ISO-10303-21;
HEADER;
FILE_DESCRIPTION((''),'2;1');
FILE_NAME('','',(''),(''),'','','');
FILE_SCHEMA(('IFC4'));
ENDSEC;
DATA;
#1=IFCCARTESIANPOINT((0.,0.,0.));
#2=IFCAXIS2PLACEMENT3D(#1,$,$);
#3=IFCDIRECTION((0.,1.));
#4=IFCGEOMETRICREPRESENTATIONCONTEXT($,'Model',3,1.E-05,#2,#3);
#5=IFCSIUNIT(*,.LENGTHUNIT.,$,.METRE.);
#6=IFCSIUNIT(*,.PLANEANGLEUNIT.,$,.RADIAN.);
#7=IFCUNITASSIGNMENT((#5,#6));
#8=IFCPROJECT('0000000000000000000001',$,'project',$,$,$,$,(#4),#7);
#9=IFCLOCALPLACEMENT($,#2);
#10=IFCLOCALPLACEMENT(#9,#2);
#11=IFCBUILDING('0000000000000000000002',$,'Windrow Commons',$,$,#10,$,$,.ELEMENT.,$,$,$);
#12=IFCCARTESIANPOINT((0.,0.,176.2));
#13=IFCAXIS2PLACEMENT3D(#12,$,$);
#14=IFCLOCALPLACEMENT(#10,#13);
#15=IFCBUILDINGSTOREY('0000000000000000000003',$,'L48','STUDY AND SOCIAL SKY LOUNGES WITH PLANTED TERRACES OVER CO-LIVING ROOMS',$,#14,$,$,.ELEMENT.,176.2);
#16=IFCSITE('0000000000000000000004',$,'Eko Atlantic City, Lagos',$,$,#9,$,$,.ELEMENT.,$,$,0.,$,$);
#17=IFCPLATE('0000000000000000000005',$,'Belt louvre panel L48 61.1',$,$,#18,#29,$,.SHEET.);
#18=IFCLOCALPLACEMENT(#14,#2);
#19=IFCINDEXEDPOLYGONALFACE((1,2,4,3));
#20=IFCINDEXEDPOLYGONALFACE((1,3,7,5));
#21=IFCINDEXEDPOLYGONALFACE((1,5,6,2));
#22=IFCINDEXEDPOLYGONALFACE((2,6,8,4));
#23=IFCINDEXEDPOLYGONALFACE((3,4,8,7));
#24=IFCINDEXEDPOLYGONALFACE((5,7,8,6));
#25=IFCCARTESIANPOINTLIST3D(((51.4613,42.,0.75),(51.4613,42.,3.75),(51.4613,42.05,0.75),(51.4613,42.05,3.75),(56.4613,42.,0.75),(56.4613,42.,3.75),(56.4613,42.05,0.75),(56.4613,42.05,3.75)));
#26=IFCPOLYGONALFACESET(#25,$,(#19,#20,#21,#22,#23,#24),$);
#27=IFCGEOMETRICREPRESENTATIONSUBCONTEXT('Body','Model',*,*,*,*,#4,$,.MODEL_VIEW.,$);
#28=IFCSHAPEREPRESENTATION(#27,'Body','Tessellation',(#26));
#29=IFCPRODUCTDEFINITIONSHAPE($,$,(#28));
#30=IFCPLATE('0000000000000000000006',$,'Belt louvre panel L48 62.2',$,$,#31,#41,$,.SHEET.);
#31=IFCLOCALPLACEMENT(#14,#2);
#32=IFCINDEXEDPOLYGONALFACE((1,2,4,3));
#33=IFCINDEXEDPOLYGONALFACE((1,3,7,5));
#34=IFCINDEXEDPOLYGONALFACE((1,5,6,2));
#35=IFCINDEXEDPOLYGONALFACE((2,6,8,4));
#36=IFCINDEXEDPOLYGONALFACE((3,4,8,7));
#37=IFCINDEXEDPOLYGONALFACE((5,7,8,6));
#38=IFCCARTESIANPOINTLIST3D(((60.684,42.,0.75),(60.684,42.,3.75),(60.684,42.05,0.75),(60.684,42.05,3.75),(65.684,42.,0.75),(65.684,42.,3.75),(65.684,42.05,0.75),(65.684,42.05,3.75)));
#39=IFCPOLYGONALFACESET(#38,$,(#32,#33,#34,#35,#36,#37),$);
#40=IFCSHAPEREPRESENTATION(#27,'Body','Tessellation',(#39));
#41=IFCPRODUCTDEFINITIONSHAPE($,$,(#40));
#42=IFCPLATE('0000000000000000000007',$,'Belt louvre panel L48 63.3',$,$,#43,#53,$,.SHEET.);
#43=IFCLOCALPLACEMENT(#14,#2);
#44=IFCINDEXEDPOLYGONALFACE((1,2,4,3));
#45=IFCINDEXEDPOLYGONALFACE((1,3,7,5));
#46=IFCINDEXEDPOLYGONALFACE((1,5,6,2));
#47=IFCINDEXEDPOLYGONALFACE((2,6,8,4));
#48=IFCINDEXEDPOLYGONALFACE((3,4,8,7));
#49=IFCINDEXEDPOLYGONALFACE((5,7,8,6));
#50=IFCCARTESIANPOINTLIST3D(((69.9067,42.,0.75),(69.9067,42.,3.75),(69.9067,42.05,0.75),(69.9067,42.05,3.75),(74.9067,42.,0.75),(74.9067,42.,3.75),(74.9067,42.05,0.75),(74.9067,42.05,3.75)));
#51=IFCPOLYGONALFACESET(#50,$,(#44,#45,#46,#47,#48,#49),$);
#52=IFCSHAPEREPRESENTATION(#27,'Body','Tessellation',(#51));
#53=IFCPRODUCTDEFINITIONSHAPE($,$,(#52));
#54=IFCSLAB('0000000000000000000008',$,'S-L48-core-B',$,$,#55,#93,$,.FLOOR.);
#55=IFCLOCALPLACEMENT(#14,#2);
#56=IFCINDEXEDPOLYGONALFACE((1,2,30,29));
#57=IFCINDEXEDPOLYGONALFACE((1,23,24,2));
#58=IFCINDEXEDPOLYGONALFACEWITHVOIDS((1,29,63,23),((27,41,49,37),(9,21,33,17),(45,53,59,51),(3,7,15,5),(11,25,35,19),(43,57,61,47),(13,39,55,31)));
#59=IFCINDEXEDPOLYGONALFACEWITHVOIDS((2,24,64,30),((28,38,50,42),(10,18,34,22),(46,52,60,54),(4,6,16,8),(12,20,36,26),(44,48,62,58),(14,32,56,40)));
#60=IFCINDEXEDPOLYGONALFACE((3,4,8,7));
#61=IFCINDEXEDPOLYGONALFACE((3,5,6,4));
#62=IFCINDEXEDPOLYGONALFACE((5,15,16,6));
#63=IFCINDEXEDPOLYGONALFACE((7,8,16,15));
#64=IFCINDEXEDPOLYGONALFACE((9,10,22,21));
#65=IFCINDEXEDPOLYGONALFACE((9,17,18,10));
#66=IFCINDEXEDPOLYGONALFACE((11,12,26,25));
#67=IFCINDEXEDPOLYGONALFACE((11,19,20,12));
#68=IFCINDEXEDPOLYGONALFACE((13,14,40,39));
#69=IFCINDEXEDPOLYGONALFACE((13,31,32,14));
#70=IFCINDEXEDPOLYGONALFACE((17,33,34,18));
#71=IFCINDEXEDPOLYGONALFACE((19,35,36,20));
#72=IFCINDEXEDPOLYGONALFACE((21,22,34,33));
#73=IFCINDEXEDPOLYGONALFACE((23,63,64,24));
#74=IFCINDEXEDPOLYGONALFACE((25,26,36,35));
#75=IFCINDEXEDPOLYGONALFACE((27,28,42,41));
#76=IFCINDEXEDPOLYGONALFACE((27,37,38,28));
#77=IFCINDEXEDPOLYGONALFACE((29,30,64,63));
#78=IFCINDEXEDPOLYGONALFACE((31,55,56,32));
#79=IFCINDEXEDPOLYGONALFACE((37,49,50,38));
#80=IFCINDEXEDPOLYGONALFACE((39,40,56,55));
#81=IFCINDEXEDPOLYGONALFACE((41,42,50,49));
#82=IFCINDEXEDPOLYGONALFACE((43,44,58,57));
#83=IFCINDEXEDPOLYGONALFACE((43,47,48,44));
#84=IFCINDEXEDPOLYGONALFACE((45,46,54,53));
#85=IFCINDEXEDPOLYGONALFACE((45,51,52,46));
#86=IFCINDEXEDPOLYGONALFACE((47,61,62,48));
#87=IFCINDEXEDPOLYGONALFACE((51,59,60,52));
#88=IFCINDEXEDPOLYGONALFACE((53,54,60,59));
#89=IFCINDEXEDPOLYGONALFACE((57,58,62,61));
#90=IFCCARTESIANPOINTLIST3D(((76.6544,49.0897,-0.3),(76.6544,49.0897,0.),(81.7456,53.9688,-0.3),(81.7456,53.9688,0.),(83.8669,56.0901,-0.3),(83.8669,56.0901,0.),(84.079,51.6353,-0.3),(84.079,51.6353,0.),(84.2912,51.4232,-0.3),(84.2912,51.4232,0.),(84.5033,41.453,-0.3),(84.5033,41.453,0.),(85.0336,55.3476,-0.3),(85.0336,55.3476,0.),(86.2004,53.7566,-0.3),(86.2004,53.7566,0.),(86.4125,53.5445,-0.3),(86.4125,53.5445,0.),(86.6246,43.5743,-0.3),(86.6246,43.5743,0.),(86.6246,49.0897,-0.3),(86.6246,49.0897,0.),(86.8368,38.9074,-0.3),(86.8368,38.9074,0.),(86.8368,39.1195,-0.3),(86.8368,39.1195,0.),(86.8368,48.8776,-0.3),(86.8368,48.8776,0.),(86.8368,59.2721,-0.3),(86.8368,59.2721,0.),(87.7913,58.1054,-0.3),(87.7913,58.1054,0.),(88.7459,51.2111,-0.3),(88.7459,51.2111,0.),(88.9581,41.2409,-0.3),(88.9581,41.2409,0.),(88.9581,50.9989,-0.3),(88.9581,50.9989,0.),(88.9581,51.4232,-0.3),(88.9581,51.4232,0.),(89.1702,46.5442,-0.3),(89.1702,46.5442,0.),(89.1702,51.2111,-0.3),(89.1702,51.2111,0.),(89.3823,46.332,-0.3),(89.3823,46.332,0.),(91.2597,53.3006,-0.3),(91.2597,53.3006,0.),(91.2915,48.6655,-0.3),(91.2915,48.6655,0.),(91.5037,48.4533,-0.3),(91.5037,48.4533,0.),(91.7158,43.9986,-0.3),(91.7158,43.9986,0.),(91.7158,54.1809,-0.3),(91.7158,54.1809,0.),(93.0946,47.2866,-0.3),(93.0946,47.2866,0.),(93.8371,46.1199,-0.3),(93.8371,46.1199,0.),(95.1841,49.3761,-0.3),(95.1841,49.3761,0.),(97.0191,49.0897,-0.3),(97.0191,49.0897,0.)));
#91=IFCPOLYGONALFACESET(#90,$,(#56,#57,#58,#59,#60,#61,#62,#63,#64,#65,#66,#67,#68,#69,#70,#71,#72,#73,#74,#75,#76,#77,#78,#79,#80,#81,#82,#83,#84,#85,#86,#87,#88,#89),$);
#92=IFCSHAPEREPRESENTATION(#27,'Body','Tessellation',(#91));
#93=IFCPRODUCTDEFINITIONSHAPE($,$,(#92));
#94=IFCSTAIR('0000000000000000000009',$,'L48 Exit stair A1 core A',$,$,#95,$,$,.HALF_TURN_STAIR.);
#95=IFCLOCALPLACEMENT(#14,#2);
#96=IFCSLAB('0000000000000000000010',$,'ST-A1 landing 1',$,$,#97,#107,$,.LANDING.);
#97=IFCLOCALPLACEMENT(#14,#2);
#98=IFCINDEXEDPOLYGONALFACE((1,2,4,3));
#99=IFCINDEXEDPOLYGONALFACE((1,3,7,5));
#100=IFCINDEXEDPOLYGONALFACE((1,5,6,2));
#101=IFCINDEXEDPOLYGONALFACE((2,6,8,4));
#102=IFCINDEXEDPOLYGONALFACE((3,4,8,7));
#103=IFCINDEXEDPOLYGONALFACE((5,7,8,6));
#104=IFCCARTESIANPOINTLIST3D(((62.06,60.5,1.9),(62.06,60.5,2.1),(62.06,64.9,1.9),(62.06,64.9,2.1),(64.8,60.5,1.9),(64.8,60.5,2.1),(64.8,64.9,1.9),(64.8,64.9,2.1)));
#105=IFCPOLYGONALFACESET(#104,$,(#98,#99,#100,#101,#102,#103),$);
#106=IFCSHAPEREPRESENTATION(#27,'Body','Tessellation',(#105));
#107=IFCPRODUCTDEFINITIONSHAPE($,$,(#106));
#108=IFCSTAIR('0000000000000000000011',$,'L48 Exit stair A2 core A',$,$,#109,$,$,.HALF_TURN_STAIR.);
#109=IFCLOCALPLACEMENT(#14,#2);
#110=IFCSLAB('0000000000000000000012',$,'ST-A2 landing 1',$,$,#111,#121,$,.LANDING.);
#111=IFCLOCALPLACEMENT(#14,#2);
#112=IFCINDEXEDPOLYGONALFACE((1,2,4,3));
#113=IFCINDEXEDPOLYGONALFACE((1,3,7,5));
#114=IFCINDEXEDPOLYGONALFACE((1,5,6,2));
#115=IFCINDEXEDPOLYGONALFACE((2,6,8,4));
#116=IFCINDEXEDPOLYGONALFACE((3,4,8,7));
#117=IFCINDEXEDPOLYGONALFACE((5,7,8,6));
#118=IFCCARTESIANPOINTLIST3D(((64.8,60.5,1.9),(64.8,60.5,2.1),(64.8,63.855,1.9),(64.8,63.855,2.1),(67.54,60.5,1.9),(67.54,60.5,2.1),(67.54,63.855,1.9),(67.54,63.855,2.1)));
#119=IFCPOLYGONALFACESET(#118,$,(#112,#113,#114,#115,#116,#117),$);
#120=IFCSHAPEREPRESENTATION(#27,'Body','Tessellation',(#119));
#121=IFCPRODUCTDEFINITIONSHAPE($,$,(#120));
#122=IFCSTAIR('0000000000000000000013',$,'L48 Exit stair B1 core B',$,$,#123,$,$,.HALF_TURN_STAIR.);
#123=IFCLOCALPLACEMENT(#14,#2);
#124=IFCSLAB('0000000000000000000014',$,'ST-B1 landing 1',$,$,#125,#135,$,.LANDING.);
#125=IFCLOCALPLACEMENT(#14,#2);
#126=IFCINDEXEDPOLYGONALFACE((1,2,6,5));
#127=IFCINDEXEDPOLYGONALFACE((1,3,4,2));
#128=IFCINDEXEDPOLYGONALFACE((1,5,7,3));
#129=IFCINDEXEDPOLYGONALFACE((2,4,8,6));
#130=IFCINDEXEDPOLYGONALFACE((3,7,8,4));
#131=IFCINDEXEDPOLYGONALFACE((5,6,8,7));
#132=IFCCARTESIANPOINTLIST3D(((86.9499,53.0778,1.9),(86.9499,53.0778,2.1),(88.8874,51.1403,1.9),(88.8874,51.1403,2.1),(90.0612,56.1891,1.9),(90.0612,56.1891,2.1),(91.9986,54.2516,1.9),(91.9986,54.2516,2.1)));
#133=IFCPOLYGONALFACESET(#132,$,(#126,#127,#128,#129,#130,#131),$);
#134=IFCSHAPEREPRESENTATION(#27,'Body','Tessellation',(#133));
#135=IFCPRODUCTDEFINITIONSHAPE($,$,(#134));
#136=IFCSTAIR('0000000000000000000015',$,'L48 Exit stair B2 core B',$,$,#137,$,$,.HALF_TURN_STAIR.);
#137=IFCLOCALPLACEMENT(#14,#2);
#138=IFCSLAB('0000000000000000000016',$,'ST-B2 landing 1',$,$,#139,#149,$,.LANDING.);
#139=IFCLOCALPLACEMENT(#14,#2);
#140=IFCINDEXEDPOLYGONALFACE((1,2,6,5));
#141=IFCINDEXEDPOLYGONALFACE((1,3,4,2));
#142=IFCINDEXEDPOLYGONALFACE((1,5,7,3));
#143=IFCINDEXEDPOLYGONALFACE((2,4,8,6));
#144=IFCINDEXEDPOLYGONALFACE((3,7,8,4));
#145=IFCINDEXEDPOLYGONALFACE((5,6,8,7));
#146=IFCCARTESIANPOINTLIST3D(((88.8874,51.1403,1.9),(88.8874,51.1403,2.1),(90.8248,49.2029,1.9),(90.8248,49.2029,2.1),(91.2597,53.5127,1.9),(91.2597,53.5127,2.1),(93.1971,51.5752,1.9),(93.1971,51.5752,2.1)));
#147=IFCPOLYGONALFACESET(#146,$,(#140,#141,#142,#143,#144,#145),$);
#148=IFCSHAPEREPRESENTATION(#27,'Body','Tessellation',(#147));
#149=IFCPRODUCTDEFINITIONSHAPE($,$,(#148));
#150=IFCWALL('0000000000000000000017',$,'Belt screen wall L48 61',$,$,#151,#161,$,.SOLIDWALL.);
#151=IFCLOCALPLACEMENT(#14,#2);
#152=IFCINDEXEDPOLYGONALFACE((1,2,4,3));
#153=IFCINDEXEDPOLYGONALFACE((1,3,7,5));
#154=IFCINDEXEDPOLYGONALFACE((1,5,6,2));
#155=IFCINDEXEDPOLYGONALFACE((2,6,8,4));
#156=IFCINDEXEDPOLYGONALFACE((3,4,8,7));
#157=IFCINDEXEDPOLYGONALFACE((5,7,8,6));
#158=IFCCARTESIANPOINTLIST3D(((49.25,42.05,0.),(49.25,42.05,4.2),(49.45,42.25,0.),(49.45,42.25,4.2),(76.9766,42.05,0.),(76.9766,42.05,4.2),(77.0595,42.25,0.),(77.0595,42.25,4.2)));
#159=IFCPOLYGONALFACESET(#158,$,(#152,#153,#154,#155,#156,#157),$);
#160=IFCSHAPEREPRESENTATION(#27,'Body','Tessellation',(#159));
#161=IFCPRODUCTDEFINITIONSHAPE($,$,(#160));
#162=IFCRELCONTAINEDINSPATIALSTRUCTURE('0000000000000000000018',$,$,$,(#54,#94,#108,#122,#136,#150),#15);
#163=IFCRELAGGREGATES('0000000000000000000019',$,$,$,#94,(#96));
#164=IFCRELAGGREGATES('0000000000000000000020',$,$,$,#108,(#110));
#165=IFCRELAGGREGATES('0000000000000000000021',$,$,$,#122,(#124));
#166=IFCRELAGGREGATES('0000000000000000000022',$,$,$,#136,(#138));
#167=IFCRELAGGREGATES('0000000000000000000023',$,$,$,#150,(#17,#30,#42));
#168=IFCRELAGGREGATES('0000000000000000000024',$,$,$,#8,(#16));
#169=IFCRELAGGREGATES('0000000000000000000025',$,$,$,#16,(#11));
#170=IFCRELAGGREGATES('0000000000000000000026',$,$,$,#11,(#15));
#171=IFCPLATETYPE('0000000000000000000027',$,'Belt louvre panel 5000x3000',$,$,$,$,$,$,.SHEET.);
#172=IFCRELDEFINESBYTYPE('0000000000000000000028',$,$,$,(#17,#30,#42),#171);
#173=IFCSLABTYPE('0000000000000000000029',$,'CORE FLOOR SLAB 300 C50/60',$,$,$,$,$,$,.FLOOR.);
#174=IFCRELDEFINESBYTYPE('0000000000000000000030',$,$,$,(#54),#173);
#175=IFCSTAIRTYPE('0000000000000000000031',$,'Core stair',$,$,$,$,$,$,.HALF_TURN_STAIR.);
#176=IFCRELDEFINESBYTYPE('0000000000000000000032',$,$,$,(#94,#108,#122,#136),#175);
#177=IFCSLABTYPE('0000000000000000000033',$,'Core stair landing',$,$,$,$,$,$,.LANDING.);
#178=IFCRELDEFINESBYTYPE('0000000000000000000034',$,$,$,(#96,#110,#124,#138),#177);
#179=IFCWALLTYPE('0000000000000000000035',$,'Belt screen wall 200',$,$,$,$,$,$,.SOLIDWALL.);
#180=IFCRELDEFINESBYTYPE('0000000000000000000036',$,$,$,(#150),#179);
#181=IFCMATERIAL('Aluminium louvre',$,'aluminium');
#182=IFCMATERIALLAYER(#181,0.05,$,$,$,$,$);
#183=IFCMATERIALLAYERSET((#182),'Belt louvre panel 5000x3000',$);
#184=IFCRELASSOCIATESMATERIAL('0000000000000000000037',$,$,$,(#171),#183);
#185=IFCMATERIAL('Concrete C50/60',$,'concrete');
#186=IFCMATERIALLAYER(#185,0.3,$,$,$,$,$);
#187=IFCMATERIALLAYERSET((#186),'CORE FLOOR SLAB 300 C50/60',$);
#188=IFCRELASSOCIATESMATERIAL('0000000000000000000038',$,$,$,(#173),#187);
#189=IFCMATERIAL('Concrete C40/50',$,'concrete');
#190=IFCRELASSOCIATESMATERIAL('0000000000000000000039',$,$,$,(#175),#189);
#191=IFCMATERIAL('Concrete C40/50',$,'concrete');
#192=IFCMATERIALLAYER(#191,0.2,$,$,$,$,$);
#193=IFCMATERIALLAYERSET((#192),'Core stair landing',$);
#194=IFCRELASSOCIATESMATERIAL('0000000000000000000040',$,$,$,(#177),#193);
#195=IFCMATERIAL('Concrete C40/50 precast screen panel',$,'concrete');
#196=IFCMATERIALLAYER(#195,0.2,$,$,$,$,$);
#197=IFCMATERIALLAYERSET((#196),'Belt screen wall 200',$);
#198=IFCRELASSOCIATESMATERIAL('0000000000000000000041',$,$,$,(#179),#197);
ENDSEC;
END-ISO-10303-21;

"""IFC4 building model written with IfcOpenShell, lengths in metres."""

from ifc_helpers import new_model, si_unit, direction, frame, origin, place, context, subcontext, project, spatial, polyline, outline, extrude, material, layer, layer_set, type_object, element, aggregate, save


model = new_model("IFC4")

# Units and contexts
model_context = context("Model", 3, precision=1e-05, world=origin(), true_north=direction((0.0, 1.0)))
body_context = subcontext(model_context, "Body", "Model", "MODEL_VIEW")
ifc_project = project(units=[si_unit("LENGTHUNIT", "METRE"), si_unit("PLANEANGLEUNIT", "RADIAN")], contexts=[model_context])

# Plates
ifc_material_1 = material(Name="Aluminium louvre", Category="aluminium")
ifc_layer_1 = layer(ifc_material_1, 0.05)
ifc_layer_set_1 = layer_set([ifc_layer_1], Name="Belt louvre panel 5000x3000")
plate_type = type_object("IfcPlateType", Name="Belt louvre panel 5000x3000", PredefinedType="SHEET", material=ifc_layer_set_1)
site_placement = place(None, origin())
building_placement = place(site_placement, origin())
storey_placement = place(building_placement, frame((0.0, 0.0, 176.2)))
plate_1_placement = place(storey_placement, frame((51.4613, 42.0, 0.75), z_axis=(0.0, -1.0, 0.0), x_axis=(1.0, 0.0, 0.0)))
plate_1 = element("IfcPlate", 1, at=plate_1_placement, type_object=plate_type, Name="Belt louvre panel L48 61.1", PredefinedType="SHEET", context=body_context, shape_type="SweptSolid", body=[
    extrude(outline(polyline([(0.0, 0.0), (5.0, 0.0), (5.0, 3.0), (0.0, 3.0), (0.0, 0.0)])), origin(), (0.0, 0.0, -1.0), 0.05),
])
plate_2_placement = place(storey_placement, frame((60.684, 42.0, 0.75), z_axis=(0.0, -1.0, 0.0), x_axis=(1.0, 0.0, 0.0)))
plate_2 = element("IfcPlate", 2, at=plate_2_placement, type_object=plate_type, Name="Belt louvre panel L48 62.2", PredefinedType="SHEET", context=body_context, shape_type="SweptSolid", body=[
    extrude(outline(polyline([(0.0, 0.0), (5.0, 0.0), (5.0, 3.0), (0.0, 3.0), (0.0, 0.0)])), origin(), (0.0, 0.0, -1.0), 0.05),
])
plate_3_placement = place(storey_placement, frame((69.9067, 42.0, 0.75), z_axis=(0.0, -1.0, 0.0), x_axis=(1.0, 0.0, 0.0)))
plate_3 = element("IfcPlate", 3, at=plate_3_placement, type_object=plate_type, Name="Belt louvre panel L48 63.3", PredefinedType="SHEET", context=body_context, shape_type="SweptSolid", body=[
    extrude(outline(polyline([(0.0, 0.0), (5.0, 0.0), (5.0, 3.0), (0.0, 3.0), (0.0, 0.0)])), origin(), (0.0, 0.0, -1.0), 0.05),
])

# Site, building, storey
site = spatial("IfcSite", under=ifc_project, at=site_placement, Name="Eko Atlantic City, Lagos", CompositionType="ELEMENT", RefElevation=0.0)
building = spatial("IfcBuilding", under=site, at=building_placement, Name="Windrow Commons", CompositionType="ELEMENT")
storey = spatial("IfcBuildingStorey", under=building, at=storey_placement, Name="L48", Description="STUDY AND SOCIAL SKY LOUNGES WITH PLANTED TERRACES OVER CO-LIVING ROOMS", CompositionType="ELEMENT", Elevation=176.2)

# Slab, openings
ifc_material_2 = material(Name="Concrete C50/60", Category="concrete")
ifc_layer_2 = layer(ifc_material_2, 0.3)
ifc_layer_set_2 = layer_set([ifc_layer_2], Name="CORE FLOOR SLAB 300 C50/60")
slab_type_1 = type_object("IfcSlabType", Name="CORE FLOOR SLAB 300 C50/60", PredefinedType="FLOOR", material=ifc_layer_set_2)
placement_1 = place(storey_placement, frame((0.0, 0.0, -0.3)))
slab_1 = element("IfcSlab", 4, at=placement_1, inside=storey, type_object=slab_type_1, Name="S-L48-core-B", PredefinedType="FLOOR", context=body_context, shape_type="SweptSolid", body=[
    extrude(outline(polyline([(76.6544, 49.0897), (86.8368, 38.9074), (97.0191, 49.0897), (86.8368, 59.2721), (76.6544, 49.0897)]), holes=[polyline([(84.5033, 41.453), (86.8368, 39.1195), (88.9581, 41.2409), (86.6246, 43.5743), (84.5033, 41.453)]), polyline([(81.7456, 53.9688), (84.079, 51.6353), (86.2004, 53.7566), (83.8669, 56.0901), (81.7456, 53.9688)]), polyline([(84.2912, 51.4232), (86.6246, 49.0897), (88.7459, 51.2111), (86.4125, 53.5445), (84.2912, 51.4232)]), polyline([(86.8368, 48.8776), (89.1702, 46.5442), (91.2915, 48.6655), (88.9581, 50.9989), (86.8368, 48.8776)]), polyline([(89.3823, 46.332), (91.7158, 43.9986), (93.8371, 46.1199), (91.5037, 48.4533), (89.3823, 46.332)]), polyline([(85.0336, 55.3476), (88.9581, 51.4232), (91.7158, 54.1809), (87.7913, 58.1054), (85.0336, 55.3476)]), polyline([(89.1702, 51.2111), (93.0946, 47.2866), (95.1841, 49.3761), (91.2597, 53.3006), (89.1702, 51.2111)])]), origin(), (0.0, 0.0, 1.0), 0.3),
])
opening_1_placement = place(placement_1, origin())
element("IfcOpeningElement", 5, at=opening_1_placement, cuts=slab_1, PredefinedType="OPENING", context=body_context, shape_type="SweptSolid", body=[
    extrude(outline(polyline([(84.5104, 41.453), (86.6246, 43.5672), (88.951, 41.2409), (86.8368, 39.1266), (84.5104, 41.453)])), origin(), (0.0, 0.0, 1.0), 0.3),
])
opening_2_placement = place(placement_1, origin())
element("IfcOpeningElement", 6, at=opening_2_placement, cuts=slab_1, PredefinedType="OPENING", context=body_context, shape_type="SweptSolid", body=[
    extrude(outline(polyline([(81.7527, 53.9688), (83.8669, 56.083), (86.1933, 53.7566), (84.079, 51.6424), (81.7527, 53.9688)])), origin(), (0.0, 0.0, 1.0), 0.3),
])
opening_3_placement = place(placement_1, origin())
element("IfcOpeningElement", 7, at=opening_3_placement, cuts=slab_1, PredefinedType="OPENING", context=body_context, shape_type="SweptSolid", body=[
    extrude(outline(polyline([(84.2983, 51.4232), (86.4125, 53.5374), (88.7388, 51.2111), (86.6246, 49.0968), (84.2983, 51.4232)])), origin(), (0.0, 0.0, 1.0), 0.3),
])
opening_4_placement = place(placement_1, origin())
element("IfcOpeningElement", 8, at=opening_4_placement, cuts=slab_1, PredefinedType="OPENING", context=body_context, shape_type="SweptSolid", body=[
    extrude(outline(polyline([(86.8439, 48.8776), (88.9581, 50.9918), (91.2844, 48.6655), (89.1702, 46.5513), (86.8439, 48.8776)])), origin(), (0.0, 0.0, 1.0), 0.3),
])
opening_5_placement = place(placement_1, origin())
element("IfcOpeningElement", 9, at=opening_5_placement, cuts=slab_1, PredefinedType="OPENING", context=body_context, shape_type="SweptSolid", body=[
    extrude(outline(polyline([(89.3894, 46.332), (91.5037, 48.4462), (93.83, 46.1199), (91.7158, 44.0057), (89.3894, 46.332)])), origin(), (0.0, 0.0, 1.0), 0.3),
])
opening_6_placement = place(placement_1, origin())
element("IfcOpeningElement", 10, at=opening_6_placement, cuts=slab_1, PredefinedType="OPENING", context=body_context, shape_type="SweptSolid", body=[
    extrude(outline(polyline([(85.0407, 55.3476), (87.7913, 58.0983), (91.7087, 54.1809), (88.9581, 51.4303), (85.0407, 55.3476)])), origin(), (0.0, 0.0, 1.0), 0.3),
])
opening_7_placement = place(placement_1, origin())
element("IfcOpeningElement", 11, at=opening_7_placement, cuts=slab_1, PredefinedType="OPENING", context=body_context, shape_type="SweptSolid", body=[
    extrude(outline(polyline([(89.1773, 51.2111), (91.2597, 53.2935), (95.177, 49.3761), (93.0946, 47.2937), (89.1773, 51.2111)])), origin(), (0.0, 0.0, 1.0), 0.3),
])

# Stairs, slabs
ifc_material_3 = material(Name="Concrete C40/50", Category="concrete")
stair_type = type_object("IfcStairType", Name="Core stair", PredefinedType="HALF_TURN_STAIR", material=ifc_material_3)
placement_2 = place(storey_placement, origin())
stair_1 = element("IfcStair", 12, at=placement_2, inside=storey, type_object=stair_type, Name="L48 Exit stair A1 core A", PredefinedType="HALF_TURN_STAIR")
ifc_material_4 = material(Name="Concrete C40/50", Category="concrete")
ifc_layer_3 = layer(ifc_material_4, 0.2)
ifc_layer_set_3 = layer_set([ifc_layer_3], Name="Core stair landing")
slab_type_2 = type_object("IfcSlabType", Name="Core stair landing", PredefinedType="LANDING", material=ifc_layer_set_3)
placement_3 = place(storey_placement, frame((0.0, 0.0, 1.9)))
slab_2 = element("IfcSlab", 13, at=placement_3, type_object=slab_type_2, Name="ST-A1 landing 1", PredefinedType="LANDING", context=body_context, shape_type="SweptSolid", body=[
    extrude(outline(polyline([(62.06, 60.5), (64.8, 60.5), (64.8, 64.9), (62.06, 64.9), (62.06, 60.5)])), origin(), (0.0, 0.0, 1.0), 0.2),
])
aggregate(stair_1, [slab_2])
stair_2 = element("IfcStair", 14, at=placement_2, inside=storey, type_object=stair_type, Name="L48 Exit stair A2 core A", PredefinedType="HALF_TURN_STAIR")
slab_3 = element("IfcSlab", 15, at=placement_3, type_object=slab_type_2, Name="ST-A2 landing 1", PredefinedType="LANDING", context=body_context, shape_type="SweptSolid", body=[
    extrude(outline(polyline([(64.8, 60.5), (67.54, 60.5), (67.54, 63.855), (64.8, 63.855), (64.8, 60.5)])), origin(), (0.0, 0.0, 1.0), 0.2),
])
aggregate(stair_2, [slab_3])
stair_3 = element("IfcStair", 16, at=placement_2, inside=storey, type_object=stair_type, Name="L48 Exit stair B1 core B", PredefinedType="HALF_TURN_STAIR")
slab_4 = element("IfcSlab", 17, at=placement_3, type_object=slab_type_2, Name="ST-B1 landing 1", PredefinedType="LANDING", context=body_context, shape_type="SweptSolid", body=[
    extrude(outline(polyline([(86.9499, 53.0778), (88.8874, 51.1403), (91.9986, 54.2516), (90.0612, 56.1891), (86.9499, 53.0778)])), origin(), (0.0, 0.0, 1.0), 0.2),
])
aggregate(stair_3, [slab_4])
stair_4 = element("IfcStair", 18, at=placement_2, inside=storey, type_object=stair_type, Name="L48 Exit stair B2 core B", PredefinedType="HALF_TURN_STAIR")
slab_5 = element("IfcSlab", 19, at=placement_3, type_object=slab_type_2, Name="ST-B2 landing 1", PredefinedType="LANDING", context=body_context, shape_type="SweptSolid", body=[
    extrude(outline(polyline([(88.8874, 51.1403), (90.8248, 49.2029), (93.1971, 51.5752), (91.2597, 53.5127), (88.8874, 51.1403)])), origin(), (0.0, 0.0, 1.0), 0.2),
])
aggregate(stair_4, [slab_5])

# Wall
ifc_material_5 = material(Name="Concrete C40/50 precast screen panel", Category="concrete")
ifc_layer_4 = layer(ifc_material_5, 0.2)
ifc_layer_set_4 = layer_set([ifc_layer_4], Name="Belt screen wall 200")
wall_type = type_object("IfcWallType", Name="Belt screen wall 200", PredefinedType="SOLIDWALL", material=ifc_layer_set_4)
wall_placement = place(storey_placement, frame((49.35, 42.15, 0.0), z_axis=(0.0, 0.0, 1.0), x_axis=(1.0, 0.0, 0.0)))
wall = element("IfcWall", 20, at=wall_placement, inside=storey, type_object=wall_type, Name="Belt screen wall L48 61", PredefinedType="SOLIDWALL", context=body_context, shape_type="SweptSolid", body=[
    extrude(outline(polyline([(-0.1, -0.1), (27.6266, -0.1), (27.7095, 0.1), (0.1, 0.1), (-0.1, -0.1)])), origin(), (0.0, 0.0, 1.0), 4.2),
])
aggregate(wall, [plate_1, plate_2, plate_3])

save(model, "model.ifc")
